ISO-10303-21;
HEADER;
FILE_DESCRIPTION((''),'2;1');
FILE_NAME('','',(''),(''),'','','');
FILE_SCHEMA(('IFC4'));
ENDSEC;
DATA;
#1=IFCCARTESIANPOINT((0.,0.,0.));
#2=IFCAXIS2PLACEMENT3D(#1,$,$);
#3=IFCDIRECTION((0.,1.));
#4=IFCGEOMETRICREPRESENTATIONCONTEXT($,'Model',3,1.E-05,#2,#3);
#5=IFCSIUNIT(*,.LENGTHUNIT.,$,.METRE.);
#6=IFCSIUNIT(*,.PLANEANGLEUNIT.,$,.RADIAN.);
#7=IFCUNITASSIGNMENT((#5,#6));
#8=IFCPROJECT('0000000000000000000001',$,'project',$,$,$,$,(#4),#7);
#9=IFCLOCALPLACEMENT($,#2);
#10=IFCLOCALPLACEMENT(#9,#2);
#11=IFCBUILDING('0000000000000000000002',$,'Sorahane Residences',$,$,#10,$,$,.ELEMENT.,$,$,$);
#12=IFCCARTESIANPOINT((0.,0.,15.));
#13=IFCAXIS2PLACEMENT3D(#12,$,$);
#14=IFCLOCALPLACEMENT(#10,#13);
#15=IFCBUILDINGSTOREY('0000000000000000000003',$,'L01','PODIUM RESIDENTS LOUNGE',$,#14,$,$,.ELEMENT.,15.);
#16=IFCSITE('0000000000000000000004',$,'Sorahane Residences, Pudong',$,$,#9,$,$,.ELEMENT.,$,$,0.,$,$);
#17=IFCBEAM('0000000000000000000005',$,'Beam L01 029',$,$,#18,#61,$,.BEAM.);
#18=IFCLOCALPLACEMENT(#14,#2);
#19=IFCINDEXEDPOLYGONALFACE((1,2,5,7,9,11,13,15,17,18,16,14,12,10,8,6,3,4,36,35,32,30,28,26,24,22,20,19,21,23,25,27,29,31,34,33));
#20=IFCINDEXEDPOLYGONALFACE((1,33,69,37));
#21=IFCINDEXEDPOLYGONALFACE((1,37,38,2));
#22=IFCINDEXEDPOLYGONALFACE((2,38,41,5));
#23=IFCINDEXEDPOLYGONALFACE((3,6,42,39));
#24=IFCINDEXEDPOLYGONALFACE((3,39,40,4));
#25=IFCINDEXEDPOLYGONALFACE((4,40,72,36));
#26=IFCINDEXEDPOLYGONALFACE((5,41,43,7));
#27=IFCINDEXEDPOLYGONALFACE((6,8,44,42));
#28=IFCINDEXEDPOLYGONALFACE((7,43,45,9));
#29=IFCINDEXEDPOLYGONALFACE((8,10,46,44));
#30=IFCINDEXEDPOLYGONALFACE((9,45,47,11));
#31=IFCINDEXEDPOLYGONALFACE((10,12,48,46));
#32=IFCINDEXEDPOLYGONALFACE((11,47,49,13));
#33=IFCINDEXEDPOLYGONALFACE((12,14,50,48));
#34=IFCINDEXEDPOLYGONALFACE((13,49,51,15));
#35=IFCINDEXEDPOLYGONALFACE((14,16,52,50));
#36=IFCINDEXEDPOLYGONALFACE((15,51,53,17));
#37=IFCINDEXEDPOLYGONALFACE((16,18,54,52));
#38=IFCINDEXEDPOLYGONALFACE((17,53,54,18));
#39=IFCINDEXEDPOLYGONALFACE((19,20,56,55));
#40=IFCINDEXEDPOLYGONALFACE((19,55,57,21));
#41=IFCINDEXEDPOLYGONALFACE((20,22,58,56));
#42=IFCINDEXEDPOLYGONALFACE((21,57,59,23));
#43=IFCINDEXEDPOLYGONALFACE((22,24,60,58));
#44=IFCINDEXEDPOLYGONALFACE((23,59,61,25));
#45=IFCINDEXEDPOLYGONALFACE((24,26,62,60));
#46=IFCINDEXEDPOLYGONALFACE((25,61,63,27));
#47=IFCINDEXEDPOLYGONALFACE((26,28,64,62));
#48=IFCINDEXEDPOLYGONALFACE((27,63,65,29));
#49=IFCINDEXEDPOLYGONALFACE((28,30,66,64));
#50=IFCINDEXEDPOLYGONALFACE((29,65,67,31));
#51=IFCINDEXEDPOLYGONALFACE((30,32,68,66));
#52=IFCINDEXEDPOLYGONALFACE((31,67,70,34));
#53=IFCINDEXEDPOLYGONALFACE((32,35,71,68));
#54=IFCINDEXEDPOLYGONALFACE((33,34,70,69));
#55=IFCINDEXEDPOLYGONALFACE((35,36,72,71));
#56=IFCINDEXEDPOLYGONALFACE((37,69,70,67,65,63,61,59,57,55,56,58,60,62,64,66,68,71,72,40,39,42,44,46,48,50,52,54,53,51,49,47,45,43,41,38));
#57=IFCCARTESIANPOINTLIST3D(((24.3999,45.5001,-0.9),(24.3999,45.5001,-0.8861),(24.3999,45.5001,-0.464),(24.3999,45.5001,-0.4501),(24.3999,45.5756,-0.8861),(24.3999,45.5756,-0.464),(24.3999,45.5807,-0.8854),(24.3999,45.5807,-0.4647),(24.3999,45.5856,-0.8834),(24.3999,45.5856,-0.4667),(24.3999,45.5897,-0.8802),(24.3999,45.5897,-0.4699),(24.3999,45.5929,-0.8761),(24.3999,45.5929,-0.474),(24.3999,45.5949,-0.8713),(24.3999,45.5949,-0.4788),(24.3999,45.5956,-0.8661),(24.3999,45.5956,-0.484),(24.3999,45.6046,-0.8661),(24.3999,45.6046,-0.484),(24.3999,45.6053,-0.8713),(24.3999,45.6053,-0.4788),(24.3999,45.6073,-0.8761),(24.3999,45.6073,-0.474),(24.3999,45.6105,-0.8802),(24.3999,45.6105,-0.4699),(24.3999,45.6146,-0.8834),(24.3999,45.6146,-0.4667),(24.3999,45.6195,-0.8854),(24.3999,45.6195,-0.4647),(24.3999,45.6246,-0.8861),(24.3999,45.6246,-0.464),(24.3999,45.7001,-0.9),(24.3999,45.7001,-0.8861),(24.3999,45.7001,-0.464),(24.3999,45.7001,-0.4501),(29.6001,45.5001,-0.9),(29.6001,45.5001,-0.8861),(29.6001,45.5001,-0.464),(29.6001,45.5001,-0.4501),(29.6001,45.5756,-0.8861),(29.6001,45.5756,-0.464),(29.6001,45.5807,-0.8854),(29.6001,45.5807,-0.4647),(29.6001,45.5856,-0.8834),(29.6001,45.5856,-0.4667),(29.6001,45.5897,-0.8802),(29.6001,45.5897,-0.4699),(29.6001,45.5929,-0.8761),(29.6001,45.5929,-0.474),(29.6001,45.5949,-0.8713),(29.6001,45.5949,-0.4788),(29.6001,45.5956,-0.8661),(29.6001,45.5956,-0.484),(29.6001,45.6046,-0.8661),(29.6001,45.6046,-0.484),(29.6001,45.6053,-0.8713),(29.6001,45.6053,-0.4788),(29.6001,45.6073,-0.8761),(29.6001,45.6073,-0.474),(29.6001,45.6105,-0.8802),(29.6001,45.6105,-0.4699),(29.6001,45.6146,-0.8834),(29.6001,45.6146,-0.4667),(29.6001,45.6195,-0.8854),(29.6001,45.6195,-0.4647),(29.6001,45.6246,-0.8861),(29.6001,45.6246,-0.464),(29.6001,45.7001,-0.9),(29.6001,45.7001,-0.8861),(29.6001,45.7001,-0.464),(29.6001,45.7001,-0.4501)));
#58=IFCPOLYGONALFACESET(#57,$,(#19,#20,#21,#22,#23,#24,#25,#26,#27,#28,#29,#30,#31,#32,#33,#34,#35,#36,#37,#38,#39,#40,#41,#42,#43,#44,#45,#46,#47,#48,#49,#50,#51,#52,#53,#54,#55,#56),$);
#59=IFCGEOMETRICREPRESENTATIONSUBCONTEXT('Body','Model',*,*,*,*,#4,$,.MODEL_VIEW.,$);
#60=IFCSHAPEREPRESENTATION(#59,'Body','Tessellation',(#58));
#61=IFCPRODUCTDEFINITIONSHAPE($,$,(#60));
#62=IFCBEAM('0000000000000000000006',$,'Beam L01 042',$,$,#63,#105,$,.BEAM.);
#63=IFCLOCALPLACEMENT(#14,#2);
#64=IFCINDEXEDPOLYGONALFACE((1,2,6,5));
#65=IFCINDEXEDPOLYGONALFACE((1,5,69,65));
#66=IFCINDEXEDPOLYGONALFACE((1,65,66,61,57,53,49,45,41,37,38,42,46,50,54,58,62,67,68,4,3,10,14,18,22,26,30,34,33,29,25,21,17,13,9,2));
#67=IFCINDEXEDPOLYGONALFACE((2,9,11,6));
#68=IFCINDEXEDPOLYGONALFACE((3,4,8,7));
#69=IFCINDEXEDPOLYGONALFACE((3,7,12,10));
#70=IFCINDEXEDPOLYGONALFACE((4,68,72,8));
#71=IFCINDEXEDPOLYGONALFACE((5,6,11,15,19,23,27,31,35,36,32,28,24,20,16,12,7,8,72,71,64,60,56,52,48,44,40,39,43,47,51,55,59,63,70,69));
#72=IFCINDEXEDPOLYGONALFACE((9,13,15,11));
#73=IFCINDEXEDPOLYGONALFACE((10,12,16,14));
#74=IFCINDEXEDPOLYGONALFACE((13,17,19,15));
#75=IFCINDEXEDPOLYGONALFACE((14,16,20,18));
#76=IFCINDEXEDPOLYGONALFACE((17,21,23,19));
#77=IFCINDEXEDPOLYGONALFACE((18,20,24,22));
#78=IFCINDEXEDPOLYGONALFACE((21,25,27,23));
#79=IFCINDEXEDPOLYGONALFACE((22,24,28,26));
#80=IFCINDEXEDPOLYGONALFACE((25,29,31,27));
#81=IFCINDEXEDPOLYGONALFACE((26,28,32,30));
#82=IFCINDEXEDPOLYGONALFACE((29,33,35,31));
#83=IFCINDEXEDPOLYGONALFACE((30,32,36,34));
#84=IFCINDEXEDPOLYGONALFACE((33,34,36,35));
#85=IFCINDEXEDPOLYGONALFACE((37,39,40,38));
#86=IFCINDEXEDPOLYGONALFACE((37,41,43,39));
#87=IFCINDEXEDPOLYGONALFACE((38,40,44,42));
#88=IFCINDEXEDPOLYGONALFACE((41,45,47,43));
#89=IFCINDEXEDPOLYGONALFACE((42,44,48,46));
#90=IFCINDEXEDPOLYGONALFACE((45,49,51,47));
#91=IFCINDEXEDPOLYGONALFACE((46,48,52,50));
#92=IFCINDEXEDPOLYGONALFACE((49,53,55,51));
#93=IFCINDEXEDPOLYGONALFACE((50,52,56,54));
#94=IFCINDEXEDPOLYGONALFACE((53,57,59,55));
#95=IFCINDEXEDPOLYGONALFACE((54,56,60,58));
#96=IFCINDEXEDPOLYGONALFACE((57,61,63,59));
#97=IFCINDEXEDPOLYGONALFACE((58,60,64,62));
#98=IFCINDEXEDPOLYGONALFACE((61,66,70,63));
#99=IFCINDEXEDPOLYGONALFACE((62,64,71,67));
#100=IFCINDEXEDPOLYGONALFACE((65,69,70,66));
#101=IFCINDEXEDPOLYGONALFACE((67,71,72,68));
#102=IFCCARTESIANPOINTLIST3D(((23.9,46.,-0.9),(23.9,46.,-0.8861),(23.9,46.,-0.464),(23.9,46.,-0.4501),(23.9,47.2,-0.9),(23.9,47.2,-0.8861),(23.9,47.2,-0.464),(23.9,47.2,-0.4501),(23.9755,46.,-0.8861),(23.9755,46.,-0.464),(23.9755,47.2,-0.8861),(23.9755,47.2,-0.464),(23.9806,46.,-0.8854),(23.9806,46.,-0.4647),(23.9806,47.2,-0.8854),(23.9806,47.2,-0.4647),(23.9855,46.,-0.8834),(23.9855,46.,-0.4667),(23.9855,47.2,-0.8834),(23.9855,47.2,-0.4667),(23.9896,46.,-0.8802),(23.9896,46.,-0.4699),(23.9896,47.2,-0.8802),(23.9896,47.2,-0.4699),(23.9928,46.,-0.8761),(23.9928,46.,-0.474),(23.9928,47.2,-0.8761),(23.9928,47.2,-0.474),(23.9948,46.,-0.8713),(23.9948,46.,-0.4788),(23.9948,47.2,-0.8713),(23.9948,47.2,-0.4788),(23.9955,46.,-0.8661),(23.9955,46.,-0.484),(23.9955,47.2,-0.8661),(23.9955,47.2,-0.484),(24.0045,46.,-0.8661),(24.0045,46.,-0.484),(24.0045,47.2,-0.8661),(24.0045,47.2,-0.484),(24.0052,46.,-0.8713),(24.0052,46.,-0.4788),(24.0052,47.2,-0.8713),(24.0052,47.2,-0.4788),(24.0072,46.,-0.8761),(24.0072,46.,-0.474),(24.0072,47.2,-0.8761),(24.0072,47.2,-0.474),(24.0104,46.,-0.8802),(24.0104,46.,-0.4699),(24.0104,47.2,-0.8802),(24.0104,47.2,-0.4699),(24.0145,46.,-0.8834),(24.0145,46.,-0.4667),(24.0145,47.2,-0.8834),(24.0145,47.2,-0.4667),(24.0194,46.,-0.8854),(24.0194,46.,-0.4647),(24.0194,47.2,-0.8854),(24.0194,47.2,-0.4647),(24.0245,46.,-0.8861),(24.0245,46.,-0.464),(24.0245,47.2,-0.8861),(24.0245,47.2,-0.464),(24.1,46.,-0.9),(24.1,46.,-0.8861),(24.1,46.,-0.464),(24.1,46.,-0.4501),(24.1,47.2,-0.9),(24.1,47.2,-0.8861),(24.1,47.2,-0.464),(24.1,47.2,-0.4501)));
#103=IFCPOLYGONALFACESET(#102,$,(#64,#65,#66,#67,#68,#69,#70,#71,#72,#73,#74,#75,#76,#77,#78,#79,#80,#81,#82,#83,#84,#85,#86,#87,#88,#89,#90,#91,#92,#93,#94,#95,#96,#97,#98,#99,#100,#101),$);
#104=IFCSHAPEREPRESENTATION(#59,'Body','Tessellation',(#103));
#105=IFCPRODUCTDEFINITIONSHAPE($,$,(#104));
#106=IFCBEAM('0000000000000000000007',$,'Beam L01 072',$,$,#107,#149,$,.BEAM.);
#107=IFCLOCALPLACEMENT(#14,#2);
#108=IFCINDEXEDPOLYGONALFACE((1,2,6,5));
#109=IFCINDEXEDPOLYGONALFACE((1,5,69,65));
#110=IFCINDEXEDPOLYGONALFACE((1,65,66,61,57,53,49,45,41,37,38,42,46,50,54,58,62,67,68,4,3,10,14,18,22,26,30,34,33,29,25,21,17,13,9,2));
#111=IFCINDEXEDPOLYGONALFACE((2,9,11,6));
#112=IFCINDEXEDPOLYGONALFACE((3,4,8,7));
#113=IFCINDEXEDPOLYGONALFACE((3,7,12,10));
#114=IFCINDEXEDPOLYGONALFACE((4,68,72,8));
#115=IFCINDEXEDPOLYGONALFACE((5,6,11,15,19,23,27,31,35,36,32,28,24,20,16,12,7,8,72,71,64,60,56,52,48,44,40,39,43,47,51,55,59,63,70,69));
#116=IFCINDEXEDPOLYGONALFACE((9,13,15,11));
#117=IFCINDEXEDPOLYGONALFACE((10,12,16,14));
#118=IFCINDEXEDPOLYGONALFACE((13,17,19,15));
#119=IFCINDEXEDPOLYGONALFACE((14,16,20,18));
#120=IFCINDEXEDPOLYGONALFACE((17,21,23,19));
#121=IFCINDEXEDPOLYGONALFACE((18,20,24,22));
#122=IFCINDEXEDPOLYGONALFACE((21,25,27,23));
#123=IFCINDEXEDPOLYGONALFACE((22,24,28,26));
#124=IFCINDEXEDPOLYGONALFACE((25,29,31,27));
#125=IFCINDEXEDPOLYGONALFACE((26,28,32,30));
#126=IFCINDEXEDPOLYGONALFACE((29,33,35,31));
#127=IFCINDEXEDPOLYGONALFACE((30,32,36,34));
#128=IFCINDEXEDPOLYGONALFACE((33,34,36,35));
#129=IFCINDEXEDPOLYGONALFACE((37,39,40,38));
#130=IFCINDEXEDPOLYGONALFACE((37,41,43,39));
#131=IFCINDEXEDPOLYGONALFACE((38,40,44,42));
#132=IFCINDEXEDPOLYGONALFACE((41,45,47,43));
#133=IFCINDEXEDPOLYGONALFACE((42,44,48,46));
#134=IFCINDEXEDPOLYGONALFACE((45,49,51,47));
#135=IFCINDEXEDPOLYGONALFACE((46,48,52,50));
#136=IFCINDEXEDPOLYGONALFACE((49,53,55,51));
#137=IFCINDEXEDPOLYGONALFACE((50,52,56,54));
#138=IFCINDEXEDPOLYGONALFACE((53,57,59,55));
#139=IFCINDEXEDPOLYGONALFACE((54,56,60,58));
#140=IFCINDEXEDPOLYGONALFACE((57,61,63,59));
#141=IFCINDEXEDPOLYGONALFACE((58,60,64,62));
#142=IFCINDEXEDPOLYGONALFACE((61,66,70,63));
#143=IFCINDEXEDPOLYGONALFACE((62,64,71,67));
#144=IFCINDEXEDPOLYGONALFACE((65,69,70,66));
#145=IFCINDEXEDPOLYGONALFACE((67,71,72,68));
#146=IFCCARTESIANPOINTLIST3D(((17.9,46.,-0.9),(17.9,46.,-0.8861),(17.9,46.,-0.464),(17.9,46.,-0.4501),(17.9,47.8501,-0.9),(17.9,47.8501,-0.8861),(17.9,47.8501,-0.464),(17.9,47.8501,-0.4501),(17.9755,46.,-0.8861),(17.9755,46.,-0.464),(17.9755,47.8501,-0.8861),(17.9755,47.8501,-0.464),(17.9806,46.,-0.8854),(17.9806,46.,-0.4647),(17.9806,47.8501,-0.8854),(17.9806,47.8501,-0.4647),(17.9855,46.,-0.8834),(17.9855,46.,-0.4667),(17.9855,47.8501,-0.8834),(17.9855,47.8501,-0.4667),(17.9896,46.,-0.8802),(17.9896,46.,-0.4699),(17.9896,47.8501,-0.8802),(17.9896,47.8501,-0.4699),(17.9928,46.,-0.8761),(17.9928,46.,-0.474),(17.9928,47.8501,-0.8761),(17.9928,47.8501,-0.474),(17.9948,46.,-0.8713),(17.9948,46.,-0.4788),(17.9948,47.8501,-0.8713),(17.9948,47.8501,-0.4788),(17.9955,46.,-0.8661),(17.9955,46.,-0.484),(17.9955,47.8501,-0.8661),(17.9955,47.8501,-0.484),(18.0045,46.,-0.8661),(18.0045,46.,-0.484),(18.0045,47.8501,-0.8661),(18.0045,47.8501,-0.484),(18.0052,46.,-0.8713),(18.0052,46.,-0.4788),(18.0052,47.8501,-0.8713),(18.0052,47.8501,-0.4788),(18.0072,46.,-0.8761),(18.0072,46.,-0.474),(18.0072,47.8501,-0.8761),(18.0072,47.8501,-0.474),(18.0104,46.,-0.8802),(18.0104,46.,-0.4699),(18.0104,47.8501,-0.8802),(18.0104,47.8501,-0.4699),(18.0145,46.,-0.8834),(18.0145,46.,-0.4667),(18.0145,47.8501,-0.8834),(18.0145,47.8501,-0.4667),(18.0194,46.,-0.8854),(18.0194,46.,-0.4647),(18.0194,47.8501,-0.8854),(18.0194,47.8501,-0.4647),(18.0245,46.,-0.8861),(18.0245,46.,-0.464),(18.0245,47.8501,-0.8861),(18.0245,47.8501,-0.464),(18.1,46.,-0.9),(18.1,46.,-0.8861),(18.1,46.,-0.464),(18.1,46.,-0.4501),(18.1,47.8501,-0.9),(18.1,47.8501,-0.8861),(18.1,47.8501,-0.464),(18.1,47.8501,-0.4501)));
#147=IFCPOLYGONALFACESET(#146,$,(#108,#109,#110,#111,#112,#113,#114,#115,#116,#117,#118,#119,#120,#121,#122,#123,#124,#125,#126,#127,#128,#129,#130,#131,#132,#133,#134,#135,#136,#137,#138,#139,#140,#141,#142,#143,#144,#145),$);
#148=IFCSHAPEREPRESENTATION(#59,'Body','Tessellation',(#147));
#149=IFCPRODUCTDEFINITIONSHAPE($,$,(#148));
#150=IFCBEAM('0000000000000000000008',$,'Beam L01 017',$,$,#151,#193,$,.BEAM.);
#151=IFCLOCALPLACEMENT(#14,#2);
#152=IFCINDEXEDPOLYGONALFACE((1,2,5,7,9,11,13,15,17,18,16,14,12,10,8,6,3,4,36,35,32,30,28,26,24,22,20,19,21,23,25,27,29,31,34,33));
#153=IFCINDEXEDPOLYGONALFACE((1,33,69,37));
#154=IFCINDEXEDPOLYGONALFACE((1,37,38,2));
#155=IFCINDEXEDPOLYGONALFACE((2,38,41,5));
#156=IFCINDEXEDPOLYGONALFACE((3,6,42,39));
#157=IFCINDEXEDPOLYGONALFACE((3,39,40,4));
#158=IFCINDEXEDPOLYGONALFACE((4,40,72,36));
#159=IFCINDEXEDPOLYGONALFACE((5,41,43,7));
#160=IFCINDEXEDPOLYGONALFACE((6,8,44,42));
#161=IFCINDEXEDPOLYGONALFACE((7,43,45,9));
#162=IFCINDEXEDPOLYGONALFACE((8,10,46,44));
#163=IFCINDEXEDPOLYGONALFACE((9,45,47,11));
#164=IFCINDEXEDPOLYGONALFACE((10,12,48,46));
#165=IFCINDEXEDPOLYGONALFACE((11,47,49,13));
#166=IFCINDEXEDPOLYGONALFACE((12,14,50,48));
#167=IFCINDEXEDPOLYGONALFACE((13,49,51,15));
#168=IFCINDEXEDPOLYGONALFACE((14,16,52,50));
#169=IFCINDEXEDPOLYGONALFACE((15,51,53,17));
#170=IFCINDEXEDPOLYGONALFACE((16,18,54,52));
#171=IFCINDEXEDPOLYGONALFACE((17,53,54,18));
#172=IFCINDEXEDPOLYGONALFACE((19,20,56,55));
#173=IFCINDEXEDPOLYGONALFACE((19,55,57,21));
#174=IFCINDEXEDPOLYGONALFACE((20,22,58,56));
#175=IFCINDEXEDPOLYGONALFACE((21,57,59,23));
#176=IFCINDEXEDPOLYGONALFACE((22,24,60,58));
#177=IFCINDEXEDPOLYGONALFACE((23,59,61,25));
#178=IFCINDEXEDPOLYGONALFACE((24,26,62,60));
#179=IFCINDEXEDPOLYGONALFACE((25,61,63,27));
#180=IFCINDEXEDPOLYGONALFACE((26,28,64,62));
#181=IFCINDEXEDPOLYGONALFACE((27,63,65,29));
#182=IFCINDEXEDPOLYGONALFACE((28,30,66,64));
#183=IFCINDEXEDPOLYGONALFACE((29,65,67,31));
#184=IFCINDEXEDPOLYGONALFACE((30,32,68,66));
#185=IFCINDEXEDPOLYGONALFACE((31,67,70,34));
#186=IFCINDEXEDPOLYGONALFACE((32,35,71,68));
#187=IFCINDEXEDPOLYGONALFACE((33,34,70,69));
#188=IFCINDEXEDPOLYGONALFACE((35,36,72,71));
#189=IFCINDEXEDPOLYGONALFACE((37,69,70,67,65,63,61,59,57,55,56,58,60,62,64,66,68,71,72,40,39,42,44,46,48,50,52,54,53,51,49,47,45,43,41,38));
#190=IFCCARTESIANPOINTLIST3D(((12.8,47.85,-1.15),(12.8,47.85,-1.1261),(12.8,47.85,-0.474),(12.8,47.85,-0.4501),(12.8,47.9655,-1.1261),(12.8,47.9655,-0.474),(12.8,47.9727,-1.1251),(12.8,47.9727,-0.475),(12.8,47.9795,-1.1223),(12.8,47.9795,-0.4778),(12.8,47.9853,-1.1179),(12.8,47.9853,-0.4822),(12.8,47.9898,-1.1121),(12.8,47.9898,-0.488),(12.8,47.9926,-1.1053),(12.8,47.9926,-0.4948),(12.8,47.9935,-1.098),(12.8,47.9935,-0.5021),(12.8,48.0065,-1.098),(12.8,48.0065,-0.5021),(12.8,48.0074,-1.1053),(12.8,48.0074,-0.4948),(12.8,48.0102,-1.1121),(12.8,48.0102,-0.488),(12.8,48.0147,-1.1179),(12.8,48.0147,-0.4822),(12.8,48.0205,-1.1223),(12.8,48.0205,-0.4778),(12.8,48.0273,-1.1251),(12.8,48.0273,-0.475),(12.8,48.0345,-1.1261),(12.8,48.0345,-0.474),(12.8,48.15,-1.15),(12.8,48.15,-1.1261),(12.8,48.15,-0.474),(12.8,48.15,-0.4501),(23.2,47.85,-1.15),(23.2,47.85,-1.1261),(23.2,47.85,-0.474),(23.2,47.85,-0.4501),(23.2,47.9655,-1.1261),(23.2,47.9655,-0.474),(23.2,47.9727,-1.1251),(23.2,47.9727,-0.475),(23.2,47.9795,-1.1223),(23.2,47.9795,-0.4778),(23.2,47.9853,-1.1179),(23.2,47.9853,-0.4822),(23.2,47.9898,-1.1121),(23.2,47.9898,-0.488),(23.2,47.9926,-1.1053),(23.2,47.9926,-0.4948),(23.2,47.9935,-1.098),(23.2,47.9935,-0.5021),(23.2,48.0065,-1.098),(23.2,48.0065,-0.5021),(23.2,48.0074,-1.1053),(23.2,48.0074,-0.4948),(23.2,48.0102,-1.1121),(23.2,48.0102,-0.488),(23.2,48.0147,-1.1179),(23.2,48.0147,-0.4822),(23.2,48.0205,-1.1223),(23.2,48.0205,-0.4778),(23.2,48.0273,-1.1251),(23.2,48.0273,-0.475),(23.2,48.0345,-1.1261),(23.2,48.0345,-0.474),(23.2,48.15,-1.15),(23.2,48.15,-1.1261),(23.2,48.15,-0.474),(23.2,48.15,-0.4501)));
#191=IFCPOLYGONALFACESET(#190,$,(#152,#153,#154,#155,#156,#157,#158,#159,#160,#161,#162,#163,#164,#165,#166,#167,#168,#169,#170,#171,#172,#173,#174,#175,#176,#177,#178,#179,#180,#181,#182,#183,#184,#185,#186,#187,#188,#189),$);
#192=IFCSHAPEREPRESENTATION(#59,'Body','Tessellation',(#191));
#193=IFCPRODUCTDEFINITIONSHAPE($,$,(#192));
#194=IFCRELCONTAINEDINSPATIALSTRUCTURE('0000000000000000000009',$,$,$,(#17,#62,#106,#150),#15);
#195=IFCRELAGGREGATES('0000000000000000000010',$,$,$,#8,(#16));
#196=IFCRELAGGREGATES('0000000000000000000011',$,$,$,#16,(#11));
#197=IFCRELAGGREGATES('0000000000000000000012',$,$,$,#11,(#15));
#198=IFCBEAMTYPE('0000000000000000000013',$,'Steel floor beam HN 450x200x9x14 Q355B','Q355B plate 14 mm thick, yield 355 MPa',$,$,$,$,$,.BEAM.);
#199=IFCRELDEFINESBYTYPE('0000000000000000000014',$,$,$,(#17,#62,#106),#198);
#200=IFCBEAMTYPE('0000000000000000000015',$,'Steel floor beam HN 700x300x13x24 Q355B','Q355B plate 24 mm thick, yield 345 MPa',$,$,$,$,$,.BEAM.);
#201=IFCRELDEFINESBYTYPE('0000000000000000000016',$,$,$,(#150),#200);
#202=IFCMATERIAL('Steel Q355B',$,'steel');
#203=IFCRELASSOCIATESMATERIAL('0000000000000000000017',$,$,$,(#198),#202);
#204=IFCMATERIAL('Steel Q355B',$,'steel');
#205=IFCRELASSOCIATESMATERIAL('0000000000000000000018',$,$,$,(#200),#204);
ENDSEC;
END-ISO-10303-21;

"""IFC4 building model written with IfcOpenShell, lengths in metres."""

from ifc_helpers import new_model, si_unit, direction, frame, origin, origin_2d, place, context, subcontext, project, spatial, i_section, extrude, material, material_profile, profile_set, type_object, element, save


model = new_model("IFC4")

# Units and contexts
model_context = context("Model", 3, precision=1e-05, world=origin(), true_north=direction((0.0, 1.0)))
body_context = subcontext(model_context, "Body", "Model", "MODEL_VIEW")
ifc_project = project(units=[si_unit("LENGTHUNIT", "METRE"), si_unit("PLANEANGLEUNIT", "RADIAN")], contexts=[model_context])

# Site, building, storey
site_placement = place(None, origin())
site = spatial("IfcSite", under=ifc_project, at=site_placement, Name="Sorahane Residences, Pudong", CompositionType="ELEMENT", RefElevation=0.0)
building_placement = place(site_placement, origin())
building = spatial("IfcBuilding", under=site, at=building_placement, Name="Sorahane Residences", CompositionType="ELEMENT")
storey_placement = place(building_placement, frame((0.0, 0.0, 15.0)))
storey = spatial("IfcBuildingStorey", under=building, at=storey_placement, Name="L01", Description="PODIUM RESIDENTS LOUNGE", CompositionType="ELEMENT", Elevation=15.0)

# Beams
ifc_material_1 = material(Name="Steel Q355B", Category="steel")
ifc_material_profile_1 = material_profile(ifc_material_1, i_section(OverallWidth=0.2, OverallDepth=0.45, WebThickness=0.009, FlangeThickness=0.0139, FilletRadius=0.02, at=origin_2d()), Name="HN 450x200x9x14")
ifc_profile_set_1 = profile_set([ifc_material_profile_1], Name="Steel Q355B")
beam_type_1 = type_object("IfcBeamType", Name="Steel floor beam HN 450x200x9x14 Q355B", Description="Q355B plate 14 mm thick, yield 355 MPa", PredefinedType="BEAM", material=ifc_profile_set_1)
for number, where, z_axis, x_axis, name in (
    (1, (24.3999, 45.6001, -0.675), (1.0, 0.0, 0.0), (0.0, 1.0, 0.0), "Beam L01 029"),
):
    element("IfcBeam", number, at=place(storey_placement, frame(where, z_axis=z_axis, x_axis=x_axis)), inside=storey, type_object=beam_type_1, Name=name, PredefinedType="BEAM", context=body_context, shape_type="SweptSolid", body=[
        extrude(i_section(OverallWidth=0.2, OverallDepth=0.45, WebThickness=0.009, FlangeThickness=0.0139, FilletRadius=0.02, at=origin_2d()), origin(), (0.0, 0.0, 1.0), 5.2002),
    ])
beam_1_placement = place(storey_placement, frame((24.0, 46.0, -0.675), z_axis=(0.0, 1.0, 0.0), x_axis=(-1.0, 0.0, 0.0)))
element("IfcBeam", 2, at=beam_1_placement, inside=storey, type_object=beam_type_1, Name="Beam L01 042", PredefinedType="BEAM", context=body_context, shape_type="SweptSolid", body=[
    extrude(i_section(OverallWidth=0.2, OverallDepth=0.45, WebThickness=0.009, FlangeThickness=0.0139, FilletRadius=0.02, at=origin_2d()), origin(), (0.0, 0.0, 1.0), 1.2),
])
beam_2_placement = place(storey_placement, frame((18.0, 46.0, -0.675), z_axis=(0.0, 1.0, 0.0), x_axis=(-1.0, 0.0, 0.0)))
element("IfcBeam", 3, at=beam_2_placement, inside=storey, type_object=beam_type_1, Name="Beam L01 072", PredefinedType="BEAM", context=body_context, shape_type="SweptSolid", body=[
    extrude(i_section(OverallWidth=0.2, OverallDepth=0.45, WebThickness=0.009, FlangeThickness=0.0139, FilletRadius=0.02, at=origin_2d()), origin(), (0.0, 0.0, 1.0), 1.8501),
])
ifc_material_2 = material(Name="Steel Q355B", Category="steel")
ifc_material_profile_2 = material_profile(ifc_material_2, i_section(OverallWidth=0.3, OverallDepth=0.7, WebThickness=0.0129, FlangeThickness=0.0239, FilletRadius=0.0281, at=origin_2d()), Name="HN 700x300x13x24")
ifc_profile_set_2 = profile_set([ifc_material_profile_2], Name="Steel Q355B")
beam_type_2 = type_object("IfcBeamType", Name="Steel floor beam HN 700x300x13x24 Q355B", Description="Q355B plate 24 mm thick, yield 345 MPa", PredefinedType="BEAM", material=ifc_profile_set_2)
for number, where, z_axis, x_axis, name in (
    (4, (12.8, 48.0, -0.8), (1.0, 0.0, 0.0), (0.0, 1.0, 0.0), "Beam L01 017"),
):
    element("IfcBeam", number, at=place(storey_placement, frame(where, z_axis=z_axis, x_axis=x_axis)), inside=storey, type_object=beam_type_2, Name=name, PredefinedType="BEAM", context=body_context, shape_type="SweptSolid", body=[
        extrude(i_section(OverallWidth=0.3, OverallDepth=0.7, WebThickness=0.0129, FlangeThickness=0.0239, FilletRadius=0.0281, at=origin_2d()), origin(), (0.0, 0.0, 1.0), 10.3999),
    ])

save(model, "model.ifc")
